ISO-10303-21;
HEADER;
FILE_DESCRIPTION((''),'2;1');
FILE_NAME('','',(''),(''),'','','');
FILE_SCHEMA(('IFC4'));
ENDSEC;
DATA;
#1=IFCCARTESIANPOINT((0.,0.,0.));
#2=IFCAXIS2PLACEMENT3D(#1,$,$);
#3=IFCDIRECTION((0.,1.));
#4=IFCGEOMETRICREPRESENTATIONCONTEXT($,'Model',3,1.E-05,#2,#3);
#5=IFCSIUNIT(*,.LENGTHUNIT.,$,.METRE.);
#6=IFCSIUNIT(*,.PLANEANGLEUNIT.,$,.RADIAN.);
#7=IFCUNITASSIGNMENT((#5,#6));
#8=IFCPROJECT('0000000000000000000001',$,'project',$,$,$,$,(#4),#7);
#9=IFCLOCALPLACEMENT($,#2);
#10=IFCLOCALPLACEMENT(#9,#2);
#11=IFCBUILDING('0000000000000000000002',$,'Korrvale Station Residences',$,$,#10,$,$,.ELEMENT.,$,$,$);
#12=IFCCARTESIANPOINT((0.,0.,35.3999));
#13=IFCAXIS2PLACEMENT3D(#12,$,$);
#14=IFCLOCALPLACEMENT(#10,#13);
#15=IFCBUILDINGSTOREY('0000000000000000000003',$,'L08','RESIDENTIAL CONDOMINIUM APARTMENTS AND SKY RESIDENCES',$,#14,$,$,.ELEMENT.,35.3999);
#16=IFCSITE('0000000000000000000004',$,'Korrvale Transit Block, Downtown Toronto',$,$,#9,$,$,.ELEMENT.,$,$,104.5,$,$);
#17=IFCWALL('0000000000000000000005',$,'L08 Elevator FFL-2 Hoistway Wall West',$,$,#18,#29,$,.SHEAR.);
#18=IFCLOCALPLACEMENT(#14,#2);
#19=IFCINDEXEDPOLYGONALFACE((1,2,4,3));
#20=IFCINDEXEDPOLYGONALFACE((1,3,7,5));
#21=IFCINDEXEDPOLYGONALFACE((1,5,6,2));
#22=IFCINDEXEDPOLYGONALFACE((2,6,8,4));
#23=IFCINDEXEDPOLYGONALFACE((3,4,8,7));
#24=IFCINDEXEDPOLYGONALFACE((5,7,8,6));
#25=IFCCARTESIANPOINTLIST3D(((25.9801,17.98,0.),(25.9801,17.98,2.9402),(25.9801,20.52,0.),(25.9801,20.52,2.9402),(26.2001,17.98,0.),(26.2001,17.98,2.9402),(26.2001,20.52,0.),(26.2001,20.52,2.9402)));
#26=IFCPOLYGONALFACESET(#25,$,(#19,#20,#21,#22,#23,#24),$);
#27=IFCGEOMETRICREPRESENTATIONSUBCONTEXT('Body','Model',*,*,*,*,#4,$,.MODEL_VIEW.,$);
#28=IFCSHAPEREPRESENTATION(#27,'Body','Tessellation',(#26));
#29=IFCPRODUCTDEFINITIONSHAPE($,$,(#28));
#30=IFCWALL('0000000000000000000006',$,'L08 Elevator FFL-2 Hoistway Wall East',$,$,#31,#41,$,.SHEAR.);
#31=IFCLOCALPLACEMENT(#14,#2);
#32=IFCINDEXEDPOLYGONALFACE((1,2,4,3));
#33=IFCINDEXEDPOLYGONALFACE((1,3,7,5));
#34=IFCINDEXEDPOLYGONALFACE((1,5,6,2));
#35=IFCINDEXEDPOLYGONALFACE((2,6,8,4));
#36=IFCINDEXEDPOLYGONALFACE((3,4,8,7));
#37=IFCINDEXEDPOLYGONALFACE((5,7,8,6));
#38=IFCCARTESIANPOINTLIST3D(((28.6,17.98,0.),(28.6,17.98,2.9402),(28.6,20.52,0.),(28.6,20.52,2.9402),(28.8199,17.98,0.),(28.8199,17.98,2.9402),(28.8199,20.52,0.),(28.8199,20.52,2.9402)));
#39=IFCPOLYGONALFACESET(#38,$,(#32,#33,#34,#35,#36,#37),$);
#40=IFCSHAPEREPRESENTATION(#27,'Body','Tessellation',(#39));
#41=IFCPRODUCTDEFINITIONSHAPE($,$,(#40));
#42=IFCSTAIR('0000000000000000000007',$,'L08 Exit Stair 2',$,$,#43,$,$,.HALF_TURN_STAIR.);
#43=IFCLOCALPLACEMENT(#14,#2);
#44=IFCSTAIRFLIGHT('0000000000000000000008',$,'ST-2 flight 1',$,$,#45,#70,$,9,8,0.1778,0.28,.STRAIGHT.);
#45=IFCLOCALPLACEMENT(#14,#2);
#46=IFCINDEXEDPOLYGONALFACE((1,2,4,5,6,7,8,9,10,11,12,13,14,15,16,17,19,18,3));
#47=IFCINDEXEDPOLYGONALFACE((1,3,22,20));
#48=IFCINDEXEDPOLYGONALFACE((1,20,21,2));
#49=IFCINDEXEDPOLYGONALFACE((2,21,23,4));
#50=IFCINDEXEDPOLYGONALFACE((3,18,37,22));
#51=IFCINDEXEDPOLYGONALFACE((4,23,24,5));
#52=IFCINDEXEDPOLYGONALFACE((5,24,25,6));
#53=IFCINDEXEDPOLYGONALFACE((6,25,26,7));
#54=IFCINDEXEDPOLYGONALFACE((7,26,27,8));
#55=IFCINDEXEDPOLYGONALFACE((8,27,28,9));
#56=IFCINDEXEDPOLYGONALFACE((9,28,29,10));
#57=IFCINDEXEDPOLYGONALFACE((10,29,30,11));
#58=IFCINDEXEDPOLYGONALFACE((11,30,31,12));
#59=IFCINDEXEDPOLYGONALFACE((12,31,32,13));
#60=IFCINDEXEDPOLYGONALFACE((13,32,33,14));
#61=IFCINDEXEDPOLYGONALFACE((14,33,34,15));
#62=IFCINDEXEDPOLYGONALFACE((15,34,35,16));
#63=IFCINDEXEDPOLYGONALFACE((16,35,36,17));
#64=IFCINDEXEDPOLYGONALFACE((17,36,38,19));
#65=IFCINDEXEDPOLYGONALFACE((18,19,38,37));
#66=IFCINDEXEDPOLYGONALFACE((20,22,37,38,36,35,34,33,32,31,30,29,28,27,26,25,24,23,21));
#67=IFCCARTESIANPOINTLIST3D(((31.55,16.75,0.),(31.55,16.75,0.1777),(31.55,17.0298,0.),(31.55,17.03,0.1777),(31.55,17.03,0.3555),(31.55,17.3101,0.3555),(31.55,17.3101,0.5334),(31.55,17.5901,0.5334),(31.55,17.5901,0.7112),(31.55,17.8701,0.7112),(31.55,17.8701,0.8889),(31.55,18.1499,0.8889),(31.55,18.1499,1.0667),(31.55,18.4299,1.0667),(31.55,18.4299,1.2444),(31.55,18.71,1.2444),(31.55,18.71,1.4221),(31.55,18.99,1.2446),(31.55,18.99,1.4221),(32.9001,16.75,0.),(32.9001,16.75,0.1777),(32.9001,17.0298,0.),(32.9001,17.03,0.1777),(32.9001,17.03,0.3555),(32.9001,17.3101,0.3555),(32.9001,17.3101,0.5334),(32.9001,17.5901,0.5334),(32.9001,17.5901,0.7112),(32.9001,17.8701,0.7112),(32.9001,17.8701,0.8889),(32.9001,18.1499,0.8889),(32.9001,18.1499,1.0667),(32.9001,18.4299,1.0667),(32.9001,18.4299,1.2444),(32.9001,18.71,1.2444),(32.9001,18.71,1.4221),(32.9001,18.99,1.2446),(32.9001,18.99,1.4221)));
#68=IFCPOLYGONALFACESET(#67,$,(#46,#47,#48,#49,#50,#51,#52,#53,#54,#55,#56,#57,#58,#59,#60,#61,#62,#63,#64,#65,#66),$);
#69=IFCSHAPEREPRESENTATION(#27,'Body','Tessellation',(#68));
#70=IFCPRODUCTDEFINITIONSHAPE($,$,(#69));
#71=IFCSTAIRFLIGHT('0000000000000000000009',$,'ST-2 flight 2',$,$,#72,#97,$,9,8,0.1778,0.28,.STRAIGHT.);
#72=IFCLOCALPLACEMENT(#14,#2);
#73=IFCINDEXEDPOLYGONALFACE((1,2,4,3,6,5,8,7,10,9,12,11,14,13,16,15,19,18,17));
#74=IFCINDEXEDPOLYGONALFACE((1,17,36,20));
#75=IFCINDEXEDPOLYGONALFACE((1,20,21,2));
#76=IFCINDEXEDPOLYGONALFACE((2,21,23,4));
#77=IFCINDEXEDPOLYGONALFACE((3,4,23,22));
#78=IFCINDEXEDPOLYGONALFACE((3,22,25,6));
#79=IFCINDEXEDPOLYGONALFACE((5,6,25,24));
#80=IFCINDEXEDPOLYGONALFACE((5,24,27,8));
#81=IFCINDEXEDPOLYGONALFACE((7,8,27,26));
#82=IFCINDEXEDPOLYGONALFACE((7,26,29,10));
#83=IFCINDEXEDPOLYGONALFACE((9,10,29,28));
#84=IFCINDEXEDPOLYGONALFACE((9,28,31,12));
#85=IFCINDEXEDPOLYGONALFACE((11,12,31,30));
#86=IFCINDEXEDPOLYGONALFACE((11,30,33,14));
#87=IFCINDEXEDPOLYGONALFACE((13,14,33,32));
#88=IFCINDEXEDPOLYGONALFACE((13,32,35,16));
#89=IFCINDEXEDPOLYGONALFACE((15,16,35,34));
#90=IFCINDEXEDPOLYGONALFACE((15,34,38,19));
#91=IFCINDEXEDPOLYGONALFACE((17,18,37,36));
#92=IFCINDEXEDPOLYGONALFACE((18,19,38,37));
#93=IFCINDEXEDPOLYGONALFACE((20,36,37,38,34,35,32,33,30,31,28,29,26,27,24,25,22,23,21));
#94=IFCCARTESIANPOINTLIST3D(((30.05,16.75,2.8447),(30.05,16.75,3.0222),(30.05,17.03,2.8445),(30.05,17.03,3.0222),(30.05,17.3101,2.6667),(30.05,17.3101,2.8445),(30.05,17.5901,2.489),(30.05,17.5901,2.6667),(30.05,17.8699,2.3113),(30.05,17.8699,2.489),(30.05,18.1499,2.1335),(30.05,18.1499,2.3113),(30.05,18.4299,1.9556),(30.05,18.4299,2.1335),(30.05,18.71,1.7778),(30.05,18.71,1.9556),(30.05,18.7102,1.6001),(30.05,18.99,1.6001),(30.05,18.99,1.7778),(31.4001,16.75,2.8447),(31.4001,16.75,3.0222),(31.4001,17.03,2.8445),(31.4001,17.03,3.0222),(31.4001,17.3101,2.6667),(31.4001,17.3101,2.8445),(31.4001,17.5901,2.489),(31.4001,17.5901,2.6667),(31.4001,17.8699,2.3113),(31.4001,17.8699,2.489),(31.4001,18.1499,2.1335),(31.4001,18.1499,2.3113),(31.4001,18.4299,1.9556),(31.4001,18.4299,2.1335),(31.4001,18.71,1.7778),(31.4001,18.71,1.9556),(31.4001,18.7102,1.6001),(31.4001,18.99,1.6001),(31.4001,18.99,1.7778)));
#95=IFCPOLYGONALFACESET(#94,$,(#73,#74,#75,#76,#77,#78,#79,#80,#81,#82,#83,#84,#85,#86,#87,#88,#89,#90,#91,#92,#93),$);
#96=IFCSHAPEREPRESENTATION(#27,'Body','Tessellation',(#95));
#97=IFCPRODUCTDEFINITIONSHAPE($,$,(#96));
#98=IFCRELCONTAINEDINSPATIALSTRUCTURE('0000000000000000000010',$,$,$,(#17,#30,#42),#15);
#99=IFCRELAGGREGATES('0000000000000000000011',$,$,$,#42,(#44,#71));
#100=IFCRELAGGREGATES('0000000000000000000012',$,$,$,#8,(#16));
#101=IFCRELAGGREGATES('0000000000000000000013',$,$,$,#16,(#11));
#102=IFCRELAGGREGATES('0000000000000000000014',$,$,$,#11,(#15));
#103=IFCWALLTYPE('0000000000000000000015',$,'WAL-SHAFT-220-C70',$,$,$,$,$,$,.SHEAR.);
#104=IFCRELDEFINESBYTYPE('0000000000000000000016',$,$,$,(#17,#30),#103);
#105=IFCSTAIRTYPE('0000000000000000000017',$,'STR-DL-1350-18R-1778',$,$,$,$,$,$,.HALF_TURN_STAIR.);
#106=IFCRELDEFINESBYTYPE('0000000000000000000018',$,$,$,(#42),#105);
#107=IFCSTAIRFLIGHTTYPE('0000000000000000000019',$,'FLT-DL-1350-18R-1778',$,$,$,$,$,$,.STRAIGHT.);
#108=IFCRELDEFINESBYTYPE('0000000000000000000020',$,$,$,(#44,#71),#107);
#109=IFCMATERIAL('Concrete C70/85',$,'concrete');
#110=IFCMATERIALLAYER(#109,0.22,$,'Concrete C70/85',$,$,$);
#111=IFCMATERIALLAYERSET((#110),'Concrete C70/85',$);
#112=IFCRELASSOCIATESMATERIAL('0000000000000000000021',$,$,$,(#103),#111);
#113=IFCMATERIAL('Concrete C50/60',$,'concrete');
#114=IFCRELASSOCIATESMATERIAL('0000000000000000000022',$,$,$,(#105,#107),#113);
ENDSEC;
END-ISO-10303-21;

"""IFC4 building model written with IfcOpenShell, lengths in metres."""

from ifc_helpers import new_model, si_unit, direction, frame, frame_2d, origin, place, context, subcontext, project, spatial, polyline, rectangle, outline, extrude, material, layer, layer_set, type_object, element, aggregate, save


model = new_model("IFC4")

# Units and contexts
model_context = context("Model", 3, precision=1e-05, world=origin(), true_north=direction((0.0, 1.0)))
body_context = subcontext(model_context, "Body", "Model", "MODEL_VIEW")
ifc_project = project(units=[si_unit("LENGTHUNIT", "METRE"), si_unit("PLANEANGLEUNIT", "RADIAN")], contexts=[model_context])

# Site, building, storey
site_placement = place(None, origin())
site = spatial("IfcSite", under=ifc_project, at=site_placement, Name="Korrvale Transit Block, Downtown Toronto", CompositionType="ELEMENT", RefElevation=104.5)
building_placement = place(site_placement, origin())
building = spatial("IfcBuilding", under=site, at=building_placement, Name="Korrvale Station Residences", CompositionType="ELEMENT")
storey_placement = place(building_placement, frame((0.0, 0.0, 35.3999)))
storey = spatial("IfcBuildingStorey", under=building, at=storey_placement, Name="L08", Description="RESIDENTIAL CONDOMINIUM APARTMENTS AND SKY RESIDENCES", CompositionType="ELEMENT", Elevation=35.3999)

# Shared definitions
ifc_material_1 = material(Name="Concrete C70/85", Category="concrete")

# Shared definitions
ifc_layer_1 = layer(ifc_material_1, 0.22, Name="Concrete C70/85")
ifc_layer_set_1 = layer_set([ifc_layer_1], Name="Concrete C70/85")
wall_type_1 = type_object("IfcWallType", Name="WAL-SHAFT-220-C70", PredefinedType="SHEAR", material=ifc_layer_set_1)

# Walls
for number, where, z_axis, x_axis, name in (
    (1, (26.0901, 17.98, 0.0), (0.0, 0.0, 1.0), (0.0, 1.0, 0.0), "L08 Elevator FFL-2 Hoistway Wall West"),
    (2, (28.71, 17.98, 0.0), (0.0, 0.0, 1.0), (0.0, 1.0, 0.0), "L08 Elevator FFL-2 Hoistway Wall East"),
):
    element("IfcWall", number, at=place(storey_placement, frame(where, z_axis=z_axis, x_axis=x_axis)), inside=storey, type_object=wall_type_1, Name=name, PredefinedType="SHEAR", context=body_context, shape_type="SweptSolid", body=[
        extrude(rectangle(XDim=2.54, YDim=0.22, at=frame_2d((1.27, 0.0))), origin(), (0.0, 0.0, 1.0), 2.9402),
    ])

# Stair, stair flights
ifc_material_2 = material(Name="Concrete C50/60", Category="concrete")
stair_type = type_object("IfcStairType", Name="STR-DL-1350-18R-1778", PredefinedType="HALF_TURN_STAIR", material=ifc_material_2)
stair_placement = place(storey_placement, origin())
stair = element("IfcStair", 3, at=stair_placement, inside=storey, type_object=stair_type, Name="L08 Exit Stair 2", PredefinedType="HALF_TURN_STAIR")
stair_flight_type = type_object("IfcStairFlightType", Name="FLT-DL-1350-18R-1778", PredefinedType="STRAIGHT", material=ifc_material_2)
stair_flight_1_placement = place(storey_placement, frame((32.2251, 16.75, 0.0), z_axis=(0.0, 0.0, 1.0), x_axis=(0.0, 1.0, 0.0)))
stair_flight_1 = element("IfcStairFlight", 4, at=stair_flight_1_placement, type_object=stair_flight_type, Name="ST-2 flight 1", NumberOfRisers=9, NumberOfTreads=8, PredefinedType="STRAIGHT", RiserHeight=0.1778, TreadLength=0.28, context=body_context, shape_type="SweptSolid", body=[
    extrude(outline(polyline([(0.0, 0.0), (0.0, 0.1777), (0.28, 0.1777), (0.28, 0.3555), (0.5601, 0.3555), (0.5601, 0.5334), (0.8401, 0.5334), (0.8401, 0.7112), (1.1201, 0.7112), (1.1201, 0.8889), (1.3999, 0.8889), (1.3999, 1.0667), (1.6799, 1.0667), (1.6799, 1.2444), (1.96, 1.2444), (1.96, 1.4221), (2.24, 1.4221), (2.24, 1.6001), (2.24, 1.2446), (0.2798, 0.0), (0.0, 0.0)])), frame((0.0, 0.675, 0.0), z_axis=(0.0, -1.0, 0.0), x_axis=(1.0, 0.0, 0.0)), (0.0, 0.0, 1.0), 1.3501),
])
stair_flight_2_placement = place(storey_placement, frame((30.7251, 18.99, 1.6001), z_axis=(0.0, 0.0, 1.0), x_axis=(0.0, -1.0, 0.0)))
stair_flight_2 = element("IfcStairFlight", 5, at=stair_flight_2_placement, type_object=stair_flight_type, Name="ST-2 flight 2", NumberOfRisers=9, NumberOfTreads=8, PredefinedType="STRAIGHT", RiserHeight=0.1778, TreadLength=0.28, context=body_context, shape_type="SweptSolid", body=[
    extrude(outline(polyline([(0.0, 0.0), (0.0, 0.1777), (0.28, 0.1777), (0.28, 0.3555), (0.5601, 0.3555), (0.5601, 0.5334), (0.8401, 0.5334), (0.8401, 0.7112), (1.1201, 0.7112), (1.1201, 0.8889), (1.3999, 0.8889), (1.3999, 1.0667), (1.6799, 1.0667), (1.6799, 1.2444), (1.96, 1.2444), (1.96, 1.4221), (2.24, 1.4221), (2.24, 1.6001), (2.24, 1.2446), (0.2798, 0.0), (0.0, 0.0)])), frame((0.0, 0.675, 0.0), z_axis=(0.0, -1.0, 0.0), x_axis=(1.0, 0.0, 0.0)), (0.0, 0.0, 1.0), 1.3501),
])
aggregate(stair, [stair_flight_1, stair_flight_2])

save(model, "model.ifc")
